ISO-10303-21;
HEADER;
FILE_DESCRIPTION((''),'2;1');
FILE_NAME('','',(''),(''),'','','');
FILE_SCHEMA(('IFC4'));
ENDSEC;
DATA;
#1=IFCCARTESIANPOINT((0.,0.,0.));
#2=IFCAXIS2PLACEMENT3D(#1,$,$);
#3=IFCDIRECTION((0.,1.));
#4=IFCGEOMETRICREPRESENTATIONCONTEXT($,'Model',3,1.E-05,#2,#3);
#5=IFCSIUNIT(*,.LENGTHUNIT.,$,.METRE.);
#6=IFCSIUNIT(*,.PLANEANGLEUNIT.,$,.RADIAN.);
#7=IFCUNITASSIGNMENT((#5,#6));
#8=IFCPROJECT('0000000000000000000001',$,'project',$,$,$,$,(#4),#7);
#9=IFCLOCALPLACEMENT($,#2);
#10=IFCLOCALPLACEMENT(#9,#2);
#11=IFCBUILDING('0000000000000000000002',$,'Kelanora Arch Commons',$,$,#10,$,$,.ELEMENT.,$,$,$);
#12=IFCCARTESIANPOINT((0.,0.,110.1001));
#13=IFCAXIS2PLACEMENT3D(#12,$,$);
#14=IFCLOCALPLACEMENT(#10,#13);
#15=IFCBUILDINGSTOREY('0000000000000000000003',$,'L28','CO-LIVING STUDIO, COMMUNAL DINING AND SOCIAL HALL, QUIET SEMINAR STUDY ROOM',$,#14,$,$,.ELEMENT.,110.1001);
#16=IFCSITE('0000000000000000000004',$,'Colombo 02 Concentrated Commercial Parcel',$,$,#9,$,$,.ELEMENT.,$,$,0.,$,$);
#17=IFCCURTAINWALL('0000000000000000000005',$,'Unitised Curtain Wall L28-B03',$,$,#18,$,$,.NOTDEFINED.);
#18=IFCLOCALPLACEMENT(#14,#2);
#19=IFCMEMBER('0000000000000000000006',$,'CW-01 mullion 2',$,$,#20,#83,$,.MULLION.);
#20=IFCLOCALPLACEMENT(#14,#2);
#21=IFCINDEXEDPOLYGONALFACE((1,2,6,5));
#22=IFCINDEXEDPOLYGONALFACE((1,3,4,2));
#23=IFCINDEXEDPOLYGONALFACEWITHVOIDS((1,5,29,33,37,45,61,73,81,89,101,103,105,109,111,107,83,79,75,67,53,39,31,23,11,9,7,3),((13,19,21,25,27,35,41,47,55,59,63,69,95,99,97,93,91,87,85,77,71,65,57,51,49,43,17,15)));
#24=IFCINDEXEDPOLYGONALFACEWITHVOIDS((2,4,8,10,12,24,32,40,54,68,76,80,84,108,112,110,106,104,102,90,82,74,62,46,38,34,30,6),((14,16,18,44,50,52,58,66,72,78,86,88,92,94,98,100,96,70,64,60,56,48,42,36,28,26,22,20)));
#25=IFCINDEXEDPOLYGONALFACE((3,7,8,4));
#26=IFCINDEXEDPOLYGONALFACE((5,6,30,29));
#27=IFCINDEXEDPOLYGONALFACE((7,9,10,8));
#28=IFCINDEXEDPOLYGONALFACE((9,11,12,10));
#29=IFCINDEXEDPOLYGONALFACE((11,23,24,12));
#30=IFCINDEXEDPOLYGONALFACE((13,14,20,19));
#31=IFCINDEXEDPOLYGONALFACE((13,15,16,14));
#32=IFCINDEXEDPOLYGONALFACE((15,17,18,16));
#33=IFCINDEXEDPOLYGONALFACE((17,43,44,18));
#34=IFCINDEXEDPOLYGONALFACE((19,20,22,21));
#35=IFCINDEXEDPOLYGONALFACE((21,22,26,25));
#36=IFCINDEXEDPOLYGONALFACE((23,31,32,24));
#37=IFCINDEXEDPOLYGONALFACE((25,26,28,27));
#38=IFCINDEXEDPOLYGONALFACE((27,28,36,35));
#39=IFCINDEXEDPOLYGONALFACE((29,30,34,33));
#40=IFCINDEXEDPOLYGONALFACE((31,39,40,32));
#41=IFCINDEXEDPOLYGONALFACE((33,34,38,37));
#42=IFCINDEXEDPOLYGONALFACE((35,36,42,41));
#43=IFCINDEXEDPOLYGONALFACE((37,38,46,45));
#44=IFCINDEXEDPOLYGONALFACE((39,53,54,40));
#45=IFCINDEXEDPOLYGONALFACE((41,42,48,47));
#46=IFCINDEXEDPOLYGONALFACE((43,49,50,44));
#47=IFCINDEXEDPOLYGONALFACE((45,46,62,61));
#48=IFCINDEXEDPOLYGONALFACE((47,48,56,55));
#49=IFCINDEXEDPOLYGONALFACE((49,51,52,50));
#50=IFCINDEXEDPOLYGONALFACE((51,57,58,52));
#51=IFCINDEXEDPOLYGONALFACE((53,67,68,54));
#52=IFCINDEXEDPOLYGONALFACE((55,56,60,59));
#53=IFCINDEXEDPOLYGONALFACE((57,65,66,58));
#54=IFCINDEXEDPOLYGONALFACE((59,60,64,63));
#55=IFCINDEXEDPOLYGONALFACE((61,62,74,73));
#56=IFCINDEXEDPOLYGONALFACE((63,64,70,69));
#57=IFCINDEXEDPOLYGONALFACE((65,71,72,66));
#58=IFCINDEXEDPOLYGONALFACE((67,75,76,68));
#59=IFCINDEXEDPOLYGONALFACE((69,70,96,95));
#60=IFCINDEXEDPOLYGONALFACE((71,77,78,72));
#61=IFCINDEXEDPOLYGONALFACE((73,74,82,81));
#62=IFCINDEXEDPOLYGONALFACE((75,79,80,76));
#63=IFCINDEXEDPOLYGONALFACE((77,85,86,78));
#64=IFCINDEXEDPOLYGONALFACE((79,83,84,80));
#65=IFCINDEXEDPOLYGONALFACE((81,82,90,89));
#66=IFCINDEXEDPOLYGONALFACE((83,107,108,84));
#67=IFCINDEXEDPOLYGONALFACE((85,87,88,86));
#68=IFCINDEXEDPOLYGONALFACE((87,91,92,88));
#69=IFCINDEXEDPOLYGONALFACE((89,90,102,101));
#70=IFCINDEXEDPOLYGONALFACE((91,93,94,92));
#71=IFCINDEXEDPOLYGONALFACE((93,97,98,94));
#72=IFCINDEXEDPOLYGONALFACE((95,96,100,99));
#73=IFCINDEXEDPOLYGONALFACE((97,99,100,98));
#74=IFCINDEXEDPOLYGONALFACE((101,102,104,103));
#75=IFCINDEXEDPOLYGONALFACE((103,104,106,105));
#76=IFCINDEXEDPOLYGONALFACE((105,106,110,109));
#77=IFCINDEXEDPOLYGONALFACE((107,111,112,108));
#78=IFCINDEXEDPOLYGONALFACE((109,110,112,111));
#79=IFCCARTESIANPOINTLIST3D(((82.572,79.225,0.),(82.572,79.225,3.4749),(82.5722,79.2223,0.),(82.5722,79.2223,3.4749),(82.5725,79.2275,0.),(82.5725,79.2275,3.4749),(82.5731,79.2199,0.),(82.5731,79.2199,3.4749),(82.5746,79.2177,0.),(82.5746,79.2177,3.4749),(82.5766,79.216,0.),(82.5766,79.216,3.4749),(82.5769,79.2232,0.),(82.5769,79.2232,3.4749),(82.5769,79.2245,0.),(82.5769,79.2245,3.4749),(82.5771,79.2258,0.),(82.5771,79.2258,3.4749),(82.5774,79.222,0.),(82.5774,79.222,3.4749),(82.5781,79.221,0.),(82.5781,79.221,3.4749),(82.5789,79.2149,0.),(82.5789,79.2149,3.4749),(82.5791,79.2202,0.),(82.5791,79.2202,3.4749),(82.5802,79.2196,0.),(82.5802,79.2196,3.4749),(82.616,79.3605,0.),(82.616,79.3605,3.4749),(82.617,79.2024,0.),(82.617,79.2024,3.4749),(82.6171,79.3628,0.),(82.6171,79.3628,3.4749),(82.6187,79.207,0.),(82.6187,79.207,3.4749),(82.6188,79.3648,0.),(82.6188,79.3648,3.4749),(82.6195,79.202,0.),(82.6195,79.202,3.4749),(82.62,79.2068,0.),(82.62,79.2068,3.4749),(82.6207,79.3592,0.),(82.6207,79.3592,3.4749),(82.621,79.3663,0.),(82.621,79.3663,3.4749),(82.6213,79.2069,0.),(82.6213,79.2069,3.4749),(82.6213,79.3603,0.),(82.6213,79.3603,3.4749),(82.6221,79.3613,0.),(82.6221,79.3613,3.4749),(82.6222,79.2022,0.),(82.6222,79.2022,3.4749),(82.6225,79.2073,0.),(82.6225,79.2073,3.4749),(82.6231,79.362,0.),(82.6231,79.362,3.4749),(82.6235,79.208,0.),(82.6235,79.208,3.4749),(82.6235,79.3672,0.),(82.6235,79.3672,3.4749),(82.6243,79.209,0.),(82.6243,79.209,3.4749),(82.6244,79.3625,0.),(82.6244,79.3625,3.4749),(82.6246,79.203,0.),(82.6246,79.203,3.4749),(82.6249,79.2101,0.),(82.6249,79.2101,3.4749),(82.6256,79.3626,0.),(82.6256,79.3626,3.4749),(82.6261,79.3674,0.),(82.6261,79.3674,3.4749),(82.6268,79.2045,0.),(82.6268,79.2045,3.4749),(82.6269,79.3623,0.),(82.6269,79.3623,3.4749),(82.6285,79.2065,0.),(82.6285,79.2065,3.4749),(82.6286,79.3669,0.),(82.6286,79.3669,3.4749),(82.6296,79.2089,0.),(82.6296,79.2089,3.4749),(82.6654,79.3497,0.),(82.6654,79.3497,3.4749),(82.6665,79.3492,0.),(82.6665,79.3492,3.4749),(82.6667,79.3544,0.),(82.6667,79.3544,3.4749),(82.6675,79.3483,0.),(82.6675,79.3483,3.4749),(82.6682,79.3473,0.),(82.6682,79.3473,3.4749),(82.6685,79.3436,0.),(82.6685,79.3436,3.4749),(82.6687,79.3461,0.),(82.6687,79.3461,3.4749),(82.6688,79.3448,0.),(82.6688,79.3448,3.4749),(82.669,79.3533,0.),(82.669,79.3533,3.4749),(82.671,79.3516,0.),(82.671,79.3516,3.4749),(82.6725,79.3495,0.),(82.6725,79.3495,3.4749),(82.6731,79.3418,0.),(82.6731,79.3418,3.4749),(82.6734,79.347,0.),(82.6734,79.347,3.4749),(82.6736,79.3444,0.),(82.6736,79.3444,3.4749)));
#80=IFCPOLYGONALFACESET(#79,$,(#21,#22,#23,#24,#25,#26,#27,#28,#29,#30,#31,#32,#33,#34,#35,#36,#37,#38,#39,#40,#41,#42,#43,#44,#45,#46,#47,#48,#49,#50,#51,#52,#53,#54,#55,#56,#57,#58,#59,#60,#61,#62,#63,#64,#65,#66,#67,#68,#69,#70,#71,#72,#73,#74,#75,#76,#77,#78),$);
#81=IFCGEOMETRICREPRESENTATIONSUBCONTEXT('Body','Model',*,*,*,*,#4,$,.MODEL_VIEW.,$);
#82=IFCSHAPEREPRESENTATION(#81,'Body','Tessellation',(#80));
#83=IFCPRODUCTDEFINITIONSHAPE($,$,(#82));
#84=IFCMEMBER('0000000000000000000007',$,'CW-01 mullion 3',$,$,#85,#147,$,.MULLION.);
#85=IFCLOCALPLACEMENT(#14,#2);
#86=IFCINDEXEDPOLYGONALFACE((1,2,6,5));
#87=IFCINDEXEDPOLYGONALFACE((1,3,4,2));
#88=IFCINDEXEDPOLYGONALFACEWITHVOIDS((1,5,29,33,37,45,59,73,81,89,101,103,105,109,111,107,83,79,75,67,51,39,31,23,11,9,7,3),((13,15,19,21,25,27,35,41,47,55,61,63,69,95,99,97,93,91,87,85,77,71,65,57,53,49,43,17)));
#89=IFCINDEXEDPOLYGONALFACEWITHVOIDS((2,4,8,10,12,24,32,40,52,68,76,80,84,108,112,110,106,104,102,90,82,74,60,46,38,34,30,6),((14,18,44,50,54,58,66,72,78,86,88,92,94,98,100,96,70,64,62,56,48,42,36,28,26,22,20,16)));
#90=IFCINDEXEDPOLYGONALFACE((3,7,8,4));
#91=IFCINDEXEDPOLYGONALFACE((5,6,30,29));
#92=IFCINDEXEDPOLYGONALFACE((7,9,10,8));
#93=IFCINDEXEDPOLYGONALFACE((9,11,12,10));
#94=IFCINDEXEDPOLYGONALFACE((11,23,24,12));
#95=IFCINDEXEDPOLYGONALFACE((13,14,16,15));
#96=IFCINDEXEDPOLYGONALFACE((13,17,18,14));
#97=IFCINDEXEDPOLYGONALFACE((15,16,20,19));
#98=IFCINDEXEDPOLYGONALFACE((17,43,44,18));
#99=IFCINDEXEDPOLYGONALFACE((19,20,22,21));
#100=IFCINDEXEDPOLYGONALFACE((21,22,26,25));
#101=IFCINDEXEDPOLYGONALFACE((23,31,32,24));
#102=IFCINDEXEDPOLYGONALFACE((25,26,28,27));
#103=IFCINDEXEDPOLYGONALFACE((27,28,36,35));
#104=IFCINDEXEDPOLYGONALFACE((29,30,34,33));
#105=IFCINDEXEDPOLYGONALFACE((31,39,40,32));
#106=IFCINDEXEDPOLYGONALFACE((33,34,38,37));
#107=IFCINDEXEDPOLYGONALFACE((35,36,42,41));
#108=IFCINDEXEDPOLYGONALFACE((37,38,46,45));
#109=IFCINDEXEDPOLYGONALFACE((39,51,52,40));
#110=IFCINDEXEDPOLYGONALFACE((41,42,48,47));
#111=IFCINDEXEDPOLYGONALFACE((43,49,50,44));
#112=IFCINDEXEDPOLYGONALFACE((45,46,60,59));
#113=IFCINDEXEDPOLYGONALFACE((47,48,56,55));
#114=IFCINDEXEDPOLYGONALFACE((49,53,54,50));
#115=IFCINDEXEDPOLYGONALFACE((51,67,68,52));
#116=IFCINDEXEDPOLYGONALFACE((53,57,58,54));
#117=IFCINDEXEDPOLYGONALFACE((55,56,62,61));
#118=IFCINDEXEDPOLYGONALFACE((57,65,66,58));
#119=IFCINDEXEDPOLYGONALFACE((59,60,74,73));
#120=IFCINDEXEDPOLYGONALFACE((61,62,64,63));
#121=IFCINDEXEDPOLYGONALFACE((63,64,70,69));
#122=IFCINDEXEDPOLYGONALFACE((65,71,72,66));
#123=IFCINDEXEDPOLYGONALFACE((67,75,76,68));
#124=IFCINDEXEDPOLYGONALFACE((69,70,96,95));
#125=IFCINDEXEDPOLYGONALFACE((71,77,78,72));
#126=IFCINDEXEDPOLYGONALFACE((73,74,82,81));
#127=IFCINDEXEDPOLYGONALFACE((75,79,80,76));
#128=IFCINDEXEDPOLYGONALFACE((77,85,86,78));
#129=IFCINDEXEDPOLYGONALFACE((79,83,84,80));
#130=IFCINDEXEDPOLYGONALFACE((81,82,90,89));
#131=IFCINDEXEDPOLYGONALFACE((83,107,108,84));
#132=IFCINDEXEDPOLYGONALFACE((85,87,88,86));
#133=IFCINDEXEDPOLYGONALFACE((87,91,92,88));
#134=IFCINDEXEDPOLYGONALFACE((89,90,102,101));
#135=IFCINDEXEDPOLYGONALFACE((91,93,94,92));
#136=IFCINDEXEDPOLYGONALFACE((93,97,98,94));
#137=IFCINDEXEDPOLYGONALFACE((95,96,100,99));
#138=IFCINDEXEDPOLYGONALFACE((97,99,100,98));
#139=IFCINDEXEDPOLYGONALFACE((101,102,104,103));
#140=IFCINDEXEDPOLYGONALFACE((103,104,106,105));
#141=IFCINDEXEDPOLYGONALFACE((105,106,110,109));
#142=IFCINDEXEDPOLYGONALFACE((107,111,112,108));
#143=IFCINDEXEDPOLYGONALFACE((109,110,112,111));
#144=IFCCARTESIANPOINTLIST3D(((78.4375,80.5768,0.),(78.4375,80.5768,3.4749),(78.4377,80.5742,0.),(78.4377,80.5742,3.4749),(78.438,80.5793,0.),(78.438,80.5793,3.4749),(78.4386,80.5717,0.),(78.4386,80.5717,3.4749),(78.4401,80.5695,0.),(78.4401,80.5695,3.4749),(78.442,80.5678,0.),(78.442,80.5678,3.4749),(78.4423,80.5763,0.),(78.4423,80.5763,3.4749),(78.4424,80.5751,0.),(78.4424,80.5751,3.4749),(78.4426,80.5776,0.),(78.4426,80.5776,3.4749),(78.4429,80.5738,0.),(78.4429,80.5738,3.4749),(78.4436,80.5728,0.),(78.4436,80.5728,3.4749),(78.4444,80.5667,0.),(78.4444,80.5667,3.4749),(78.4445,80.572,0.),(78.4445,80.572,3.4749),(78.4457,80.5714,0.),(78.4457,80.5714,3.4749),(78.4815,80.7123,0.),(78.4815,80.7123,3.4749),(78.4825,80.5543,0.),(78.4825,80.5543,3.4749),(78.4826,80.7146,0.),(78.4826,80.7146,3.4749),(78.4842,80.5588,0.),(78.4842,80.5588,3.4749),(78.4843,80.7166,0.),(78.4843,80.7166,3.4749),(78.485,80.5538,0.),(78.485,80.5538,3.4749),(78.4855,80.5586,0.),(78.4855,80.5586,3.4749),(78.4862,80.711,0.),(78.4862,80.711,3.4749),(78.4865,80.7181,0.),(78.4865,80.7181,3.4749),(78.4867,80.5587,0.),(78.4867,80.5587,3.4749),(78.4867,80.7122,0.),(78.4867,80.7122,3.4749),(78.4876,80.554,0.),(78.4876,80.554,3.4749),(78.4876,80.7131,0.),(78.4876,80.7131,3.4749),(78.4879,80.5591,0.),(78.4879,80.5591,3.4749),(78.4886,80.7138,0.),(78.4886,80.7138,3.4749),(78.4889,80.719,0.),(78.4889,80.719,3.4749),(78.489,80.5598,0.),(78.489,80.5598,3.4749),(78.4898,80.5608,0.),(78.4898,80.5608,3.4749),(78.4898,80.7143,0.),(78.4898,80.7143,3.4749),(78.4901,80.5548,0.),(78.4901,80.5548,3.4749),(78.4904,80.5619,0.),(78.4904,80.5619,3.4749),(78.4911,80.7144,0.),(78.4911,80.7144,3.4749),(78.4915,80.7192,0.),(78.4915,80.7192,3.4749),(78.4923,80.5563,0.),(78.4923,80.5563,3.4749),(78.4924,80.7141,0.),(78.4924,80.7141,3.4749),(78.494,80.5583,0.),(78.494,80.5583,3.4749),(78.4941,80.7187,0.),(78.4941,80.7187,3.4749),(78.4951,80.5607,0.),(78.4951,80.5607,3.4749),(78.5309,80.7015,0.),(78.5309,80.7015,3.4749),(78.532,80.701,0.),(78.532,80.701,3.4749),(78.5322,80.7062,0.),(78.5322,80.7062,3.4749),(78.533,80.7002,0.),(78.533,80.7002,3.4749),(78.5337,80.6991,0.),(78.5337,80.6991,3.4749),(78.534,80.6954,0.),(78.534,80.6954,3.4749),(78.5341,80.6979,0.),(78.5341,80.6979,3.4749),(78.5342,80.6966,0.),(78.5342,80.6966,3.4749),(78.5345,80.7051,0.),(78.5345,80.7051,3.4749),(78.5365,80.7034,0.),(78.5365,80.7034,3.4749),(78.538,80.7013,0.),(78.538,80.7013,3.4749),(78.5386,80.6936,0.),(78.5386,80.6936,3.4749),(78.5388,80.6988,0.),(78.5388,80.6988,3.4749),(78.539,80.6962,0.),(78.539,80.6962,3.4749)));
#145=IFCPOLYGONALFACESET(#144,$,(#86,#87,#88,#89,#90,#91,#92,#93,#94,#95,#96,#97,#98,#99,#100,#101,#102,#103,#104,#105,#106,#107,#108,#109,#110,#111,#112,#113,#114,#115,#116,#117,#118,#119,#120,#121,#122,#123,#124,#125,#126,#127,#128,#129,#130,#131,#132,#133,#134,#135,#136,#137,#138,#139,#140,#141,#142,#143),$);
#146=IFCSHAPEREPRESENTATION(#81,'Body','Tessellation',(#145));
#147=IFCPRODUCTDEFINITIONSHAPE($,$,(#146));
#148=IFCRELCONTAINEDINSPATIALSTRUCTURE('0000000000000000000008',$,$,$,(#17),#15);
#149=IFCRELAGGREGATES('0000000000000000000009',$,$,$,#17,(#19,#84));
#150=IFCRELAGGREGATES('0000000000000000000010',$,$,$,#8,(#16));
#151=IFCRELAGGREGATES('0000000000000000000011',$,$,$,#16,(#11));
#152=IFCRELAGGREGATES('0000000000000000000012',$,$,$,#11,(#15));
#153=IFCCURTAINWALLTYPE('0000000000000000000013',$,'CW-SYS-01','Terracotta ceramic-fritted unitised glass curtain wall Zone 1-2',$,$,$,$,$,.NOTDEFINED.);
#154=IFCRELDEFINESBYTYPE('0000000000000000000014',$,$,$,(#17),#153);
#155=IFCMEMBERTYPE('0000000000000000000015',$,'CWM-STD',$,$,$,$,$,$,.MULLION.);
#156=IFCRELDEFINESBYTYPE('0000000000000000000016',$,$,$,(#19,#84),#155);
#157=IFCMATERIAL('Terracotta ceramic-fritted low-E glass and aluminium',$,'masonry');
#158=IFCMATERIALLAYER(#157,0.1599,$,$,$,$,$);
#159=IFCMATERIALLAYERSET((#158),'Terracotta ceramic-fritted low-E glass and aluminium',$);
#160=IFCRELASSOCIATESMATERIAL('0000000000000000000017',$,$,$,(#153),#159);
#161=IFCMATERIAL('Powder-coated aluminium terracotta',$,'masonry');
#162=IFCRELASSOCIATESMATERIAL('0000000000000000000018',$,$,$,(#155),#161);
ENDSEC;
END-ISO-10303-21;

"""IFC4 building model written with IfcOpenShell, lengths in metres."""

from ifc_helpers import new_model, si_unit, direction, frame, origin, origin_2d, place, context, subcontext, project, spatial, hollow_rectangle, extrude, material, layer, layer_set, material_profile, profile_set, type_object, element, aggregate, save


model = new_model("IFC4")

# Units and contexts
model_context = context("Model", 3, precision=1e-05, world=origin(), true_north=direction((0.0, 1.0)))
body_context = subcontext(model_context, "Body", "Model", "MODEL_VIEW")
ifc_project = project(units=[si_unit("LENGTHUNIT", "METRE"), si_unit("PLANEANGLEUNIT", "RADIAN")], contexts=[model_context])

# Site, building, storey
site_placement = place(None, origin())
site = spatial("IfcSite", under=ifc_project, at=site_placement, Name="Colombo 02 Concentrated Commercial Parcel", CompositionType="ELEMENT", RefElevation=0.0)
building_placement = place(site_placement, origin())
building = spatial("IfcBuilding", under=site, at=building_placement, Name="Kelanora Arch Commons", CompositionType="ELEMENT")
storey_placement = place(building_placement, frame((0.0, 0.0, 110.1001)))
storey = spatial("IfcBuildingStorey", under=building, at=storey_placement, Name="L28", Description="CO-LIVING STUDIO, COMMUNAL DINING AND SOCIAL HALL, QUIET SEMINAR STUDY ROOM", CompositionType="ELEMENT", Elevation=110.1001)

# Curtain wall, members
ifc_material_1 = material(Name="Terracotta ceramic-fritted low-E glass and aluminium", Category="masonry")
ifc_layer_1 = layer(ifc_material_1, 0.1599)
ifc_layer_set_1 = layer_set([ifc_layer_1], Name="Terracotta ceramic-fritted low-E glass and aluminium")
curtain_wall_type = type_object("IfcCurtainWallType", Name="CW-SYS-01", Description="Terracotta ceramic-fritted unitised glass curtain wall Zone 1-2", PredefinedType="NOTDEFINED", material=ifc_layer_set_1)
curtain_wall_placement = place(storey_placement, origin())
curtain_wall = element("IfcCurtainWall", 1, at=curtain_wall_placement, inside=storey, type_object=curtain_wall_type, Name="Unitised Curtain Wall L28-B03", PredefinedType="NOTDEFINED")
ifc_material_2 = material(Name="Powder-coated aluminium terracotta", Category="masonry")
ifc_material_profile_1 = material_profile(ifc_material_2, hollow_rectangle(XDim=0.1599, YDim=0.0601, WallThickness=0.0049, InnerFilletRadius=0.0049, OuterFilletRadius=0.01, at=origin_2d()), Name="CWM160x60")
ifc_profile_set_1 = profile_set([ifc_material_profile_1], Name="Powder-coated aluminium terracotta")
member_type_1 = type_object("IfcMemberType", Name="CWM-STD", PredefinedType="MULLION", material=ifc_profile_set_1)
member_1_placement = place(storey_placement, frame((82.6228, 79.2847, 0.0), z_axis=(0.0, 0.0, 1.0), x_axis=(-0.310805, -0.950474, 0.0)))
member_1 = element("IfcMember", 2, at=member_1_placement, type_object=member_type_1, Name="CW-01 mullion 2", PredefinedType="MULLION", context=body_context, shape_type="SweptSolid", body=[
    extrude(hollow_rectangle(XDim=0.1599, YDim=0.0601, WallThickness=0.0049, InnerFilletRadius=0.0049, OuterFilletRadius=0.01, at=origin_2d()), origin(), (0.0, 0.0, 1.0), 3.4749),
])
member_2_placement = place(storey_placement, frame((78.4883, 80.6365, 0.0), z_axis=(0.0, 0.0, 1.0), x_axis=(-0.310805, -0.950474, 0.0)))
member_2 = element("IfcMember", 3, at=member_2_placement, type_object=member_type_1, Name="CW-01 mullion 3", PredefinedType="MULLION", context=body_context, shape_type="SweptSolid", body=[
    extrude(hollow_rectangle(XDim=0.1599, YDim=0.0601, WallThickness=0.0049, InnerFilletRadius=0.0049, OuterFilletRadius=0.01, at=origin_2d()), origin(), (0.0, 0.0, 1.0), 3.4749),
])
aggregate(curtain_wall, [member_1, member_2])

save(model, "model.ifc")
